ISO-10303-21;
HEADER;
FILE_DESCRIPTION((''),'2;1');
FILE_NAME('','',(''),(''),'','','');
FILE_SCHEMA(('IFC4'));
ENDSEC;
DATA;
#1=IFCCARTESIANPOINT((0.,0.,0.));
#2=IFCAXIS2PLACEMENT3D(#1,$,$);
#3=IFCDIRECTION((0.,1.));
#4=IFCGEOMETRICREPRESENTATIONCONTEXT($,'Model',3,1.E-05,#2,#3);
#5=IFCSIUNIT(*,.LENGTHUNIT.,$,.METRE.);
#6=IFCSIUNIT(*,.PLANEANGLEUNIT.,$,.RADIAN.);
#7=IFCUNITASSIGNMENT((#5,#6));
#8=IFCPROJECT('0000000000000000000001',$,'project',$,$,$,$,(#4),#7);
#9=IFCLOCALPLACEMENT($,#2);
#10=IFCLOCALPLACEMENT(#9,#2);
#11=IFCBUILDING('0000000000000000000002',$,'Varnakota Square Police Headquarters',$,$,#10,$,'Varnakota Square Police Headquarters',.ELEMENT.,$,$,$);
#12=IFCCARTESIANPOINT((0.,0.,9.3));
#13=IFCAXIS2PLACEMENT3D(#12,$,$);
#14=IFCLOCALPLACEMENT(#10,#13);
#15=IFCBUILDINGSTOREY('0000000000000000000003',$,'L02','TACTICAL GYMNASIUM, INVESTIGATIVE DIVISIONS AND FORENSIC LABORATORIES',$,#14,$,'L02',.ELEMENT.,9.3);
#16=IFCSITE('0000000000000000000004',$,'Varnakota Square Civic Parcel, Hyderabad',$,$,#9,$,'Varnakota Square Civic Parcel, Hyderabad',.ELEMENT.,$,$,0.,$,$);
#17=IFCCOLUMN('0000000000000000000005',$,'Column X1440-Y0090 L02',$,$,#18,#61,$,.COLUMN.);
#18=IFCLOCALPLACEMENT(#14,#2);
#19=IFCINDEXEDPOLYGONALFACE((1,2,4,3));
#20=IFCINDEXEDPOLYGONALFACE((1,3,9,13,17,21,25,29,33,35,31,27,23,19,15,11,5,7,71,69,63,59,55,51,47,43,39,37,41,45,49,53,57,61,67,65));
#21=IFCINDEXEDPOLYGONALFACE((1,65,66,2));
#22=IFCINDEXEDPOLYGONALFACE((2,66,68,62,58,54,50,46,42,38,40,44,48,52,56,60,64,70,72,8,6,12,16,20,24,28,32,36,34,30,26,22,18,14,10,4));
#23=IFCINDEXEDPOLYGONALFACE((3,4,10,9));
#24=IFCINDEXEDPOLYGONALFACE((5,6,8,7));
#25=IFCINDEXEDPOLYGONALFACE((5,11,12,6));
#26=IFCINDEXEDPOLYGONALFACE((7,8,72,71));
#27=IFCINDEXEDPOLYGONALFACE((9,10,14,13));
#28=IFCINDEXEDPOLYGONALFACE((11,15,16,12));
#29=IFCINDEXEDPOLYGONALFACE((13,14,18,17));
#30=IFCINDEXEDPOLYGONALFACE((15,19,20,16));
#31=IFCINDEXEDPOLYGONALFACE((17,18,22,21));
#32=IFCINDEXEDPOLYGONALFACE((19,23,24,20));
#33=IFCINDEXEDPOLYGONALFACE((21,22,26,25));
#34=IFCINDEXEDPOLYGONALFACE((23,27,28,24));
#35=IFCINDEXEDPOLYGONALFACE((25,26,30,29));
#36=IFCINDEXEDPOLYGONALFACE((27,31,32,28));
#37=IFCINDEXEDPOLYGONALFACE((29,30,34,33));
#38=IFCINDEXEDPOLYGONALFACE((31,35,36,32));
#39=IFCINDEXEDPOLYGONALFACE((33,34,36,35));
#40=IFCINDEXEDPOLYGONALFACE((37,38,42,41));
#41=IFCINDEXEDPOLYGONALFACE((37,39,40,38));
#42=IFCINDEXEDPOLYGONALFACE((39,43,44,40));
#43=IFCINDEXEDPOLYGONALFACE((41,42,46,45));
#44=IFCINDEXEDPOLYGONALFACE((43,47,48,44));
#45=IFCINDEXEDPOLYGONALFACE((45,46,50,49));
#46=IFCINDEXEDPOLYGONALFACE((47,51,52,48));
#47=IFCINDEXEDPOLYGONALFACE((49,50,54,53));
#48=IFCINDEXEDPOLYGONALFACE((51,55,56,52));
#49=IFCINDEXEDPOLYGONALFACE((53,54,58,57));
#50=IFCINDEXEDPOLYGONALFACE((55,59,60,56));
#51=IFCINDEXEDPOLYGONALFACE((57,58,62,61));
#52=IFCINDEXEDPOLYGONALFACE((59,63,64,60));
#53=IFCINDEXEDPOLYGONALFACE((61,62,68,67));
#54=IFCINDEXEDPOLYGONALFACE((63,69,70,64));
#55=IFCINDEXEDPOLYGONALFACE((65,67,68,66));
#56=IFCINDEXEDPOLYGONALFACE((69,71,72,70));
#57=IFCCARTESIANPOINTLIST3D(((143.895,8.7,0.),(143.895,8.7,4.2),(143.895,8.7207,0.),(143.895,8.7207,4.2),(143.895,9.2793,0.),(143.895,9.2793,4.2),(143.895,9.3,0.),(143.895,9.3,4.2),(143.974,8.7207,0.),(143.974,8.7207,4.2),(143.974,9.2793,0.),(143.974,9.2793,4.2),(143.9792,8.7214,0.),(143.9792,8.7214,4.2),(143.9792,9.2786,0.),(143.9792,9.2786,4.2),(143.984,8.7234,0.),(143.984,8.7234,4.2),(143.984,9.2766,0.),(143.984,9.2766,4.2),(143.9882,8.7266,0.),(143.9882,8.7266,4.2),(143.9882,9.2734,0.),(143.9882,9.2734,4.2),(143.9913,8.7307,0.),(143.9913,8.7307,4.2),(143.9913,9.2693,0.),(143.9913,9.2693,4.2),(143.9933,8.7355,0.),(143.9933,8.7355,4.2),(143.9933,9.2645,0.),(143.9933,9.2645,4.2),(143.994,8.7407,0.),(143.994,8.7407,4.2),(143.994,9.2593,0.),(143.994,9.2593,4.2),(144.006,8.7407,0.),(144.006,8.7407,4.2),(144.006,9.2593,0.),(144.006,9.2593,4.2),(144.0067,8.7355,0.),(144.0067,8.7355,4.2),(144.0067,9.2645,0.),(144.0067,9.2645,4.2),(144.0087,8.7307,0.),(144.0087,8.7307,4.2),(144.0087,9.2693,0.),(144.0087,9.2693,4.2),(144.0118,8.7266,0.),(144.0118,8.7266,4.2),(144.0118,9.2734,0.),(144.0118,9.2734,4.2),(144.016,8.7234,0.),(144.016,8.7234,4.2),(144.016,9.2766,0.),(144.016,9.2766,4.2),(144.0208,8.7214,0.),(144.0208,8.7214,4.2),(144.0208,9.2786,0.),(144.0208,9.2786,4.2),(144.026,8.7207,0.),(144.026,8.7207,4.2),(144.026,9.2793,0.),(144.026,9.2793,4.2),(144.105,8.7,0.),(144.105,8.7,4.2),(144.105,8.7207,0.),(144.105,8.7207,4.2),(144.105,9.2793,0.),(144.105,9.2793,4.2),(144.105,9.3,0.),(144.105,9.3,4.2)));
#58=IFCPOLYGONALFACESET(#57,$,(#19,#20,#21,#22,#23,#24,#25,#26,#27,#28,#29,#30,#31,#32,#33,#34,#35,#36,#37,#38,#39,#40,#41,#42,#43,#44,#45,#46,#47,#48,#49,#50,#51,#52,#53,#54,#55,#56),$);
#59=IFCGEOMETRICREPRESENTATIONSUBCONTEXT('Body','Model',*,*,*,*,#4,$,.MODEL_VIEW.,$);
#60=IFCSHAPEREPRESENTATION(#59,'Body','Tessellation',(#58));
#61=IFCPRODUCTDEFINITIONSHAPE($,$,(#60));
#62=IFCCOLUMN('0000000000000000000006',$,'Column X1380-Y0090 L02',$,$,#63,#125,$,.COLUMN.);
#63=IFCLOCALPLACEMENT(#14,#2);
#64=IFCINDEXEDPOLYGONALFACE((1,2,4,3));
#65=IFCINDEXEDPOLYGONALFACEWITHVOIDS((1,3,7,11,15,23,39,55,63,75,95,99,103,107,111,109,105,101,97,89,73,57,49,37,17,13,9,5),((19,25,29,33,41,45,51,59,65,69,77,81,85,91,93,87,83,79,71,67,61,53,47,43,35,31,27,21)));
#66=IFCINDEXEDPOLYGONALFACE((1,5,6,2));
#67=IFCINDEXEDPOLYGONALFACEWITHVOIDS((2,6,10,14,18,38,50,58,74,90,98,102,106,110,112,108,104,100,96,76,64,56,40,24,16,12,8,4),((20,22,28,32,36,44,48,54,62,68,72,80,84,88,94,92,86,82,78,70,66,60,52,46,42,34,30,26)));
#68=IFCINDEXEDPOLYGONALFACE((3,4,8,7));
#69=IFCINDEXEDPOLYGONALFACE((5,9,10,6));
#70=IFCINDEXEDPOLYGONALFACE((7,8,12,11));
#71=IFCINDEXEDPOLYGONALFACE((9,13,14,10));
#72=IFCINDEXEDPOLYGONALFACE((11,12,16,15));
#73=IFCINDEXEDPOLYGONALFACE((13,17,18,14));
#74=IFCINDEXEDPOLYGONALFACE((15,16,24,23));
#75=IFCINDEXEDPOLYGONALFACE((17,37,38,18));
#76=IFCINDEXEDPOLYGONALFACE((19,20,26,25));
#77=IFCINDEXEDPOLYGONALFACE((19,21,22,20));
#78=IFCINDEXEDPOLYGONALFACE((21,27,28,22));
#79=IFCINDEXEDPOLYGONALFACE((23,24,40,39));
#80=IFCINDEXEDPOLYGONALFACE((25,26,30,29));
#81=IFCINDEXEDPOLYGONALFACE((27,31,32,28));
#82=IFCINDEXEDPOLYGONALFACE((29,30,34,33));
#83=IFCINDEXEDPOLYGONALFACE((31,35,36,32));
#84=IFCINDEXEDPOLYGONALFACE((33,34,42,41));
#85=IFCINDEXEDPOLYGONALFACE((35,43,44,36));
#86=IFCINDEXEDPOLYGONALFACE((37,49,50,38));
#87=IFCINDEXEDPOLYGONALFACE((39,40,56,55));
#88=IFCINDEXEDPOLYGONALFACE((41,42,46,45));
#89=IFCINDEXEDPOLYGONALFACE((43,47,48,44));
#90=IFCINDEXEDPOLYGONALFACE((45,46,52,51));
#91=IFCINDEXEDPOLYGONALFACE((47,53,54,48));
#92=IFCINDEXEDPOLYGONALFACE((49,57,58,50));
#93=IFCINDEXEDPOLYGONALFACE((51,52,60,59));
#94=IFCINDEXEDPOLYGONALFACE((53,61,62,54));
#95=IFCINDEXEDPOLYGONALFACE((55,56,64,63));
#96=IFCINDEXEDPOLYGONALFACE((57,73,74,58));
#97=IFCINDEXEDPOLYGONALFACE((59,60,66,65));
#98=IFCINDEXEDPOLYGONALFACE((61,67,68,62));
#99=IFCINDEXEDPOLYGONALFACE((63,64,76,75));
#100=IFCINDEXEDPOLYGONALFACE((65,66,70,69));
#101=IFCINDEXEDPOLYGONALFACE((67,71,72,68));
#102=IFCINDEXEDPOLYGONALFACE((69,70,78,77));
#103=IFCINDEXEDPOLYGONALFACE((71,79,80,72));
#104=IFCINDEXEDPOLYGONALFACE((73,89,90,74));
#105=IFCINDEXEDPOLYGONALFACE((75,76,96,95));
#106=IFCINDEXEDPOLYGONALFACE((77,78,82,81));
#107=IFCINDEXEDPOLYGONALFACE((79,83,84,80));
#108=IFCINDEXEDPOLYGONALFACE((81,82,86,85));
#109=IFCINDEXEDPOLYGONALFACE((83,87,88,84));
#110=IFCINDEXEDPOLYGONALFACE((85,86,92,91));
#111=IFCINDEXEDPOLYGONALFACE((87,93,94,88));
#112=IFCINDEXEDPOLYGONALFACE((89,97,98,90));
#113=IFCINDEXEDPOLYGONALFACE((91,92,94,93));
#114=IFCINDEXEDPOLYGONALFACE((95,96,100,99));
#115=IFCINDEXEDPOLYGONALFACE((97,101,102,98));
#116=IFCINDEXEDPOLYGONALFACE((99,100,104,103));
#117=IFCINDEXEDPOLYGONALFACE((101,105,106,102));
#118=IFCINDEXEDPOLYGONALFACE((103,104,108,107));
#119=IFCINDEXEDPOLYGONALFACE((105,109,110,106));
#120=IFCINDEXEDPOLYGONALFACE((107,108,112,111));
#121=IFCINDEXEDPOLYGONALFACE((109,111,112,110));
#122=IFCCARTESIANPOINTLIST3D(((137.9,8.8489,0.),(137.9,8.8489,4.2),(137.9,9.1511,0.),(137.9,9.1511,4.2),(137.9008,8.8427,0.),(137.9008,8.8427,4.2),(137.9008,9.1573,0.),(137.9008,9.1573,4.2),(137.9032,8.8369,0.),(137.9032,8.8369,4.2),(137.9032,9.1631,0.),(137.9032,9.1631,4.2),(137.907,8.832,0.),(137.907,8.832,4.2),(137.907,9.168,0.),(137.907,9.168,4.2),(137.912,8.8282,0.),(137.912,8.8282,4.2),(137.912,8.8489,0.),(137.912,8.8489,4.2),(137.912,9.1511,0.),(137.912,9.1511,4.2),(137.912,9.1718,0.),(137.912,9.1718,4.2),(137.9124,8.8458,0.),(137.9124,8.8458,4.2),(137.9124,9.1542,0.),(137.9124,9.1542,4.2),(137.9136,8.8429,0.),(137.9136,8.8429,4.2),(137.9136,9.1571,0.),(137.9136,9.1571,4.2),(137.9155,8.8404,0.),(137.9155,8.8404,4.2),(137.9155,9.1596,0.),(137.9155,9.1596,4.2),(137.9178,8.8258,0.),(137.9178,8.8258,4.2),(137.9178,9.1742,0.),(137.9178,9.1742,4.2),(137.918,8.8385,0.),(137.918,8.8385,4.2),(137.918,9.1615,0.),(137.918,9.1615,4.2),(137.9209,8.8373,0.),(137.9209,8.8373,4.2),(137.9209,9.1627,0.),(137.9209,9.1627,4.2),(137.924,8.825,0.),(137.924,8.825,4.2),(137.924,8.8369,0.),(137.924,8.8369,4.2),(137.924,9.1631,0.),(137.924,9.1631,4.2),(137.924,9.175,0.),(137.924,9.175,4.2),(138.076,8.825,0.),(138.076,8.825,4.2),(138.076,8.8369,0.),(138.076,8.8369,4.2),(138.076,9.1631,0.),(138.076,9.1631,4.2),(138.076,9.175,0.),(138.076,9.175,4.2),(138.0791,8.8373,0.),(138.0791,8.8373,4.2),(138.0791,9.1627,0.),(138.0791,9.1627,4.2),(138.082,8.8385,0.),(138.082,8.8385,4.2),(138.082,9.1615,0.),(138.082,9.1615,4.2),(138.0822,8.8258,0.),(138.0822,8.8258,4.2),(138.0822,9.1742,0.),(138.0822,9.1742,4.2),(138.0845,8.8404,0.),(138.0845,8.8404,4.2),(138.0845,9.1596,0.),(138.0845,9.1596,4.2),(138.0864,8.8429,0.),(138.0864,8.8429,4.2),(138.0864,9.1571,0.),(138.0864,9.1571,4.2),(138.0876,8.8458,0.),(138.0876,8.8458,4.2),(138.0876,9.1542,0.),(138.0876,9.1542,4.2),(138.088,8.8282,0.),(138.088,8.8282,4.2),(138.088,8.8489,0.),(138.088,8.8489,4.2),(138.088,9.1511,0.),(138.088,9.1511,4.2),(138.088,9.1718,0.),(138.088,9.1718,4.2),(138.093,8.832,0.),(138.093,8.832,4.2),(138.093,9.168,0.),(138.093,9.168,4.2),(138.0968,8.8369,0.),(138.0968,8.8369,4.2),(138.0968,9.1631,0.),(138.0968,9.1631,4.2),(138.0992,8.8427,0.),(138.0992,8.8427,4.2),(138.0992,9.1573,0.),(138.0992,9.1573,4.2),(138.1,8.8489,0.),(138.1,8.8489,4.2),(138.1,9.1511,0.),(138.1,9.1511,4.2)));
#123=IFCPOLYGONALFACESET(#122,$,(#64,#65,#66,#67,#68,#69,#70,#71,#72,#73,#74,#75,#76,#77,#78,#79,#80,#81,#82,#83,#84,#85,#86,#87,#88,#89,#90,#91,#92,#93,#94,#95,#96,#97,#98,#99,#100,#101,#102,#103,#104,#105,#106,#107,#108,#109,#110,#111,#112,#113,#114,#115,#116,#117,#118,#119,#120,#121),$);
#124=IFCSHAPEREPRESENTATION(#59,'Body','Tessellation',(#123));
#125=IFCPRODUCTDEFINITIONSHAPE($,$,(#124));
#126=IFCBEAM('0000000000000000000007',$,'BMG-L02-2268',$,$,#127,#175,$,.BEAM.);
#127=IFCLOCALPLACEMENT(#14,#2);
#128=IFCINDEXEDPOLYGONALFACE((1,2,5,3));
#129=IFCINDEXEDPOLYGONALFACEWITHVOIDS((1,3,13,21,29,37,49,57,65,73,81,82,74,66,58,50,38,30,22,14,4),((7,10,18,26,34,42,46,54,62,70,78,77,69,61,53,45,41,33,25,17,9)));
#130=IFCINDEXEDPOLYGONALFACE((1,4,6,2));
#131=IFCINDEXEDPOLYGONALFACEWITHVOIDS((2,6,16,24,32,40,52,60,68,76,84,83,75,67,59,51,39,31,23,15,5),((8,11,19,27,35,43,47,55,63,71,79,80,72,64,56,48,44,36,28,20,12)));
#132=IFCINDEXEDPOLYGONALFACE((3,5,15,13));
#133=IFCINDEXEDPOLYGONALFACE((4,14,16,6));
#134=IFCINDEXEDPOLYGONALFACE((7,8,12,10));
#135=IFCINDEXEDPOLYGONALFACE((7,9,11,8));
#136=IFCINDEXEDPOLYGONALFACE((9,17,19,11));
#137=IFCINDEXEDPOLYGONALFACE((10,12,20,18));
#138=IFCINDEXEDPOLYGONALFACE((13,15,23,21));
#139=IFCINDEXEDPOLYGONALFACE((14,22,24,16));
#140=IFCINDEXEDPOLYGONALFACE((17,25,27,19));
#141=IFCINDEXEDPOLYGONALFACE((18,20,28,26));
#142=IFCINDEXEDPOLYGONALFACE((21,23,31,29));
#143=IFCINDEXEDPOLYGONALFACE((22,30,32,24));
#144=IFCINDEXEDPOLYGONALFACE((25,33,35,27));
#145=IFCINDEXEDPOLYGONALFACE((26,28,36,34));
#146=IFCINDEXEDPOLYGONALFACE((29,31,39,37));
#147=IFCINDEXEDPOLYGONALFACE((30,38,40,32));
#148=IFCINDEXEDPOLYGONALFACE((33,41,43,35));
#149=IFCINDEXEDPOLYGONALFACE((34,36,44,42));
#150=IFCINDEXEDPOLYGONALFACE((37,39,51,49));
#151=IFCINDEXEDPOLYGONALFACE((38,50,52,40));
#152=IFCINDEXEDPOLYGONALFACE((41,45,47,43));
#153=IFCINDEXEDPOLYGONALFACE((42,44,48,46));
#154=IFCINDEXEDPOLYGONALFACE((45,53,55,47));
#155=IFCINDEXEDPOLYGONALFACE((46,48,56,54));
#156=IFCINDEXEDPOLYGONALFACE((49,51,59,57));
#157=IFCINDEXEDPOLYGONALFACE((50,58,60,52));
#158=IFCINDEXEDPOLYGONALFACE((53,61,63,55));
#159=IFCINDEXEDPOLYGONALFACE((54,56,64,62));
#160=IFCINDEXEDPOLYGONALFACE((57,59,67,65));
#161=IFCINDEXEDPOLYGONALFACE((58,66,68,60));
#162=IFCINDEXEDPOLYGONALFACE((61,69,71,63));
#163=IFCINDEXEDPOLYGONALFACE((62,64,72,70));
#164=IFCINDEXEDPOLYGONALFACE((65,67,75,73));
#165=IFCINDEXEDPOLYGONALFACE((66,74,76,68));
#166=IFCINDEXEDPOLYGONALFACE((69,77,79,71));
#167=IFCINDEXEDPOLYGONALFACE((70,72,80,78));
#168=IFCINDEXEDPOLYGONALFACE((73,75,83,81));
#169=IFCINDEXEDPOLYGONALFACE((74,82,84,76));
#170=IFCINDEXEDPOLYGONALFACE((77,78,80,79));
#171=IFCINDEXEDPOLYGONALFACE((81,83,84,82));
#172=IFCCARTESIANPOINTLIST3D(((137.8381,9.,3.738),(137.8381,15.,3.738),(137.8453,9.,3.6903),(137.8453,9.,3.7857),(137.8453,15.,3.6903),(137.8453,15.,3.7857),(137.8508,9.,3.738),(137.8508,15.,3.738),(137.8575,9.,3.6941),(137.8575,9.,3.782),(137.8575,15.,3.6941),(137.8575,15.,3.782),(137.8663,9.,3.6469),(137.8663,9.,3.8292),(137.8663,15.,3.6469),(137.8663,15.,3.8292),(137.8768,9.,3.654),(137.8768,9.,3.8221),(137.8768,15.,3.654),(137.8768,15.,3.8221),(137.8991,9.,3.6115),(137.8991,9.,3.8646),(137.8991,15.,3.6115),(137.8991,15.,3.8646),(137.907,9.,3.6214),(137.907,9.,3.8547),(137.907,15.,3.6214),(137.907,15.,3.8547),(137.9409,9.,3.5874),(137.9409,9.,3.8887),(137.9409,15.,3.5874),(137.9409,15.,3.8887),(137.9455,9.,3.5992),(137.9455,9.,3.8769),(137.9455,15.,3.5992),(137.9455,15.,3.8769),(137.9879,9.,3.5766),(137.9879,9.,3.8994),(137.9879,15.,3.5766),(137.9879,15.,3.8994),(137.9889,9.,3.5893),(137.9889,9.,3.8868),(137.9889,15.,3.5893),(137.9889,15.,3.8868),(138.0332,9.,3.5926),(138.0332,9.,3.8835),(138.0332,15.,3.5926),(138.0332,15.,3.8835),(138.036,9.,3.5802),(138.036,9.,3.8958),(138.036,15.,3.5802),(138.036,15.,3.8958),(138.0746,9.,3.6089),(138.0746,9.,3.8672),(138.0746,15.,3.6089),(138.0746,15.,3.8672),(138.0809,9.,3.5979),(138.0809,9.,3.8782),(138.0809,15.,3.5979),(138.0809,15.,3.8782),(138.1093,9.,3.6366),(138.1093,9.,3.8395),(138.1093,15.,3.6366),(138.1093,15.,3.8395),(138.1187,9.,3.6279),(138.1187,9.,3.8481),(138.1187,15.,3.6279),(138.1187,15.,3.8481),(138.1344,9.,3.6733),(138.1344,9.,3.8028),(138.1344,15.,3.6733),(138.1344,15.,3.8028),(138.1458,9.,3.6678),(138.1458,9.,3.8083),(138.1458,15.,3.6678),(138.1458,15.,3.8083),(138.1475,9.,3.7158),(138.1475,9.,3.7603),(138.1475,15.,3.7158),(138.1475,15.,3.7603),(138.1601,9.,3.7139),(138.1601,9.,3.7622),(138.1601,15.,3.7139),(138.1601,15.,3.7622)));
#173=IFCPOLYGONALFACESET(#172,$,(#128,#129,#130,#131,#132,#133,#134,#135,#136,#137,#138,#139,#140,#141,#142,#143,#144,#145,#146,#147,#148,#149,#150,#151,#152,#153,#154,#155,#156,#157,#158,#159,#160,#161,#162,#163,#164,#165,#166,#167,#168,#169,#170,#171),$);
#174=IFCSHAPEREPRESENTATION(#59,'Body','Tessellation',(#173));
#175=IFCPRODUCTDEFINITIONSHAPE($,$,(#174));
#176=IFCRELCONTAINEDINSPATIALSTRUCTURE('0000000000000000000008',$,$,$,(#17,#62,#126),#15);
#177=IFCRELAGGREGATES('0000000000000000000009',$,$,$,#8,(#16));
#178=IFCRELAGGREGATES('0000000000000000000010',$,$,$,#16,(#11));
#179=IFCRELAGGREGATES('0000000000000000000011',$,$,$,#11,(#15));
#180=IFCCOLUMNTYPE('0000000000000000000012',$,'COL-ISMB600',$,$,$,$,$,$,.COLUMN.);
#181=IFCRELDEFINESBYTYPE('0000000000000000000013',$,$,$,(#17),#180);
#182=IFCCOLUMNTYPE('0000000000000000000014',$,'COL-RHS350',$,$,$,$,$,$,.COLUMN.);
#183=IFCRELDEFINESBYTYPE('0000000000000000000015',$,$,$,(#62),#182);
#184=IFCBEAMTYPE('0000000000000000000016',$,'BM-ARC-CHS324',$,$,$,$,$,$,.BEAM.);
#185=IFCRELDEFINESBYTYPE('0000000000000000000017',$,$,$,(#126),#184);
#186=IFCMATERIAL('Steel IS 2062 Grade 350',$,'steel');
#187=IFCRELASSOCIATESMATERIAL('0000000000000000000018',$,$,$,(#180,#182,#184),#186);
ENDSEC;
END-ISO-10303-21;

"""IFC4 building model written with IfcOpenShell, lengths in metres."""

from ifc_helpers import new_model, si_unit, direction, frame, origin, origin_2d, place, context, subcontext, project, spatial, hollow_rectangle, hollow_circle, i_section, extrude, material, material_profile, profile_set, type_object, element, save


model = new_model("IFC4")

# Units and contexts
model_context = context("Model", 3, precision=1e-05, world=origin(), true_north=direction((0.0, 1.0)))
body_context = subcontext(model_context, "Body", "Model", "MODEL_VIEW")
ifc_project = project(units=[si_unit("LENGTHUNIT", "METRE"), si_unit("PLANEANGLEUNIT", "RADIAN")], contexts=[model_context])

# Site, building, storey
site_placement = place(None, origin())
site = spatial("IfcSite", under=ifc_project, at=site_placement, Name="Varnakota Square Civic Parcel, Hyderabad", LongName="Varnakota Square Civic Parcel, Hyderabad", CompositionType="ELEMENT", RefElevation=0.0)
building_placement = place(site_placement, origin())
building = spatial("IfcBuilding", under=site, at=building_placement, Name="Varnakota Square Police Headquarters", LongName="Varnakota Square Police Headquarters", CompositionType="ELEMENT")
storey_placement = place(building_placement, frame((0.0, 0.0, 9.3)))
storey = spatial("IfcBuildingStorey", under=building, at=storey_placement, Name="L02", Description="TACTICAL GYMNASIUM, INVESTIGATIVE DIVISIONS AND FORENSIC LABORATORIES", LongName="L02", CompositionType="ELEMENT", Elevation=9.3)

# Columns
ifc_material_1 = material(Name="Steel IS 2062 Grade 350", Category="steel")
ifc_material_profile_1 = material_profile(ifc_material_1, i_section(OverallWidth=0.21, OverallDepth=0.6001, WebThickness=0.012, FlangeThickness=0.0208, FilletRadius=0.02, at=origin_2d()), Name="ISMB 600")
ifc_profile_set_1 = profile_set([ifc_material_profile_1], Name="Steel IS 2062 Grade 350")
column_type_1 = type_object("IfcColumnType", Name="COL-ISMB600", PredefinedType="COLUMN", material=ifc_profile_set_1)
column_1_placement = place(storey_placement, frame((144.0, 9.0, 0.0), z_axis=(0.0, 0.0, 1.0), x_axis=(1.0, 0.0, 0.0)))
element("IfcColumn", 1, at=column_1_placement, inside=storey, type_object=column_type_1, Name="Column X1440-Y0090 L02", PredefinedType="COLUMN", context=body_context, shape_type="SweptSolid", body=[
    extrude(i_section(OverallWidth=0.21, OverallDepth=0.6001, WebThickness=0.012, FlangeThickness=0.0208, FilletRadius=0.02, at=origin_2d()), origin(), (0.0, 0.0, 1.0), 4.2),
])
ifc_material_profile_2 = material_profile(ifc_material_1, hollow_rectangle(XDim=0.2, YDim=0.3501, WallThickness=0.012, InnerFilletRadius=0.012, OuterFilletRadius=0.0239, at=origin_2d()), Name="RHS 350x200x12")
ifc_profile_set_2 = profile_set([ifc_material_profile_2], Name="Steel IS 2062 Grade 350")
column_type_2 = type_object("IfcColumnType", Name="COL-RHS350", PredefinedType="COLUMN", material=ifc_profile_set_2)
column_2_placement = place(storey_placement, frame((138.0, 9.0, 0.0), z_axis=(0.0, 0.0, 1.0), x_axis=(1.0, 0.0, 0.0)))
element("IfcColumn", 2, at=column_2_placement, inside=storey, type_object=column_type_2, Name="Column X1380-Y0090 L02", PredefinedType="COLUMN", context=body_context, shape_type="SweptSolid", body=[
    extrude(hollow_rectangle(XDim=0.2, YDim=0.3501, WallThickness=0.012, InnerFilletRadius=0.012, OuterFilletRadius=0.0239, at=origin_2d()), origin(), (0.0, 0.0, 1.0), 4.2),
])

# Beam
ifc_material_profile_3 = material_profile(ifc_material_1, hollow_circle(Radius=0.1619, WallThickness=0.0127, at=origin_2d()), Name="CHS 323.9x12.7")
ifc_profile_set_3 = profile_set([ifc_material_profile_3], Name="Steel IS 2062 Grade 350")
beam_type_1 = type_object("IfcBeamType", Name="BM-ARC-CHS324", PredefinedType="BEAM", material=ifc_profile_set_3)
for number, where, z_axis, x_axis, name in (
    (3, (138.0, 9.0, 3.738), (0.0, 1.0, 0.0), (-1.0, 0.0, 0.0), "BMG-L02-2268"),
):
    element("IfcBeam", number, at=place(storey_placement, frame(where, z_axis=z_axis, x_axis=x_axis)), inside=storey, type_object=beam_type_1, Name=name, PredefinedType="BEAM", context=body_context, shape_type="SweptSolid", body=[
        extrude(hollow_circle(Radius=0.1619, WallThickness=0.0127, at=origin_2d()), origin(), (0.0, 0.0, 1.0), 6.0),
    ])

save(model, "model.ifc")
